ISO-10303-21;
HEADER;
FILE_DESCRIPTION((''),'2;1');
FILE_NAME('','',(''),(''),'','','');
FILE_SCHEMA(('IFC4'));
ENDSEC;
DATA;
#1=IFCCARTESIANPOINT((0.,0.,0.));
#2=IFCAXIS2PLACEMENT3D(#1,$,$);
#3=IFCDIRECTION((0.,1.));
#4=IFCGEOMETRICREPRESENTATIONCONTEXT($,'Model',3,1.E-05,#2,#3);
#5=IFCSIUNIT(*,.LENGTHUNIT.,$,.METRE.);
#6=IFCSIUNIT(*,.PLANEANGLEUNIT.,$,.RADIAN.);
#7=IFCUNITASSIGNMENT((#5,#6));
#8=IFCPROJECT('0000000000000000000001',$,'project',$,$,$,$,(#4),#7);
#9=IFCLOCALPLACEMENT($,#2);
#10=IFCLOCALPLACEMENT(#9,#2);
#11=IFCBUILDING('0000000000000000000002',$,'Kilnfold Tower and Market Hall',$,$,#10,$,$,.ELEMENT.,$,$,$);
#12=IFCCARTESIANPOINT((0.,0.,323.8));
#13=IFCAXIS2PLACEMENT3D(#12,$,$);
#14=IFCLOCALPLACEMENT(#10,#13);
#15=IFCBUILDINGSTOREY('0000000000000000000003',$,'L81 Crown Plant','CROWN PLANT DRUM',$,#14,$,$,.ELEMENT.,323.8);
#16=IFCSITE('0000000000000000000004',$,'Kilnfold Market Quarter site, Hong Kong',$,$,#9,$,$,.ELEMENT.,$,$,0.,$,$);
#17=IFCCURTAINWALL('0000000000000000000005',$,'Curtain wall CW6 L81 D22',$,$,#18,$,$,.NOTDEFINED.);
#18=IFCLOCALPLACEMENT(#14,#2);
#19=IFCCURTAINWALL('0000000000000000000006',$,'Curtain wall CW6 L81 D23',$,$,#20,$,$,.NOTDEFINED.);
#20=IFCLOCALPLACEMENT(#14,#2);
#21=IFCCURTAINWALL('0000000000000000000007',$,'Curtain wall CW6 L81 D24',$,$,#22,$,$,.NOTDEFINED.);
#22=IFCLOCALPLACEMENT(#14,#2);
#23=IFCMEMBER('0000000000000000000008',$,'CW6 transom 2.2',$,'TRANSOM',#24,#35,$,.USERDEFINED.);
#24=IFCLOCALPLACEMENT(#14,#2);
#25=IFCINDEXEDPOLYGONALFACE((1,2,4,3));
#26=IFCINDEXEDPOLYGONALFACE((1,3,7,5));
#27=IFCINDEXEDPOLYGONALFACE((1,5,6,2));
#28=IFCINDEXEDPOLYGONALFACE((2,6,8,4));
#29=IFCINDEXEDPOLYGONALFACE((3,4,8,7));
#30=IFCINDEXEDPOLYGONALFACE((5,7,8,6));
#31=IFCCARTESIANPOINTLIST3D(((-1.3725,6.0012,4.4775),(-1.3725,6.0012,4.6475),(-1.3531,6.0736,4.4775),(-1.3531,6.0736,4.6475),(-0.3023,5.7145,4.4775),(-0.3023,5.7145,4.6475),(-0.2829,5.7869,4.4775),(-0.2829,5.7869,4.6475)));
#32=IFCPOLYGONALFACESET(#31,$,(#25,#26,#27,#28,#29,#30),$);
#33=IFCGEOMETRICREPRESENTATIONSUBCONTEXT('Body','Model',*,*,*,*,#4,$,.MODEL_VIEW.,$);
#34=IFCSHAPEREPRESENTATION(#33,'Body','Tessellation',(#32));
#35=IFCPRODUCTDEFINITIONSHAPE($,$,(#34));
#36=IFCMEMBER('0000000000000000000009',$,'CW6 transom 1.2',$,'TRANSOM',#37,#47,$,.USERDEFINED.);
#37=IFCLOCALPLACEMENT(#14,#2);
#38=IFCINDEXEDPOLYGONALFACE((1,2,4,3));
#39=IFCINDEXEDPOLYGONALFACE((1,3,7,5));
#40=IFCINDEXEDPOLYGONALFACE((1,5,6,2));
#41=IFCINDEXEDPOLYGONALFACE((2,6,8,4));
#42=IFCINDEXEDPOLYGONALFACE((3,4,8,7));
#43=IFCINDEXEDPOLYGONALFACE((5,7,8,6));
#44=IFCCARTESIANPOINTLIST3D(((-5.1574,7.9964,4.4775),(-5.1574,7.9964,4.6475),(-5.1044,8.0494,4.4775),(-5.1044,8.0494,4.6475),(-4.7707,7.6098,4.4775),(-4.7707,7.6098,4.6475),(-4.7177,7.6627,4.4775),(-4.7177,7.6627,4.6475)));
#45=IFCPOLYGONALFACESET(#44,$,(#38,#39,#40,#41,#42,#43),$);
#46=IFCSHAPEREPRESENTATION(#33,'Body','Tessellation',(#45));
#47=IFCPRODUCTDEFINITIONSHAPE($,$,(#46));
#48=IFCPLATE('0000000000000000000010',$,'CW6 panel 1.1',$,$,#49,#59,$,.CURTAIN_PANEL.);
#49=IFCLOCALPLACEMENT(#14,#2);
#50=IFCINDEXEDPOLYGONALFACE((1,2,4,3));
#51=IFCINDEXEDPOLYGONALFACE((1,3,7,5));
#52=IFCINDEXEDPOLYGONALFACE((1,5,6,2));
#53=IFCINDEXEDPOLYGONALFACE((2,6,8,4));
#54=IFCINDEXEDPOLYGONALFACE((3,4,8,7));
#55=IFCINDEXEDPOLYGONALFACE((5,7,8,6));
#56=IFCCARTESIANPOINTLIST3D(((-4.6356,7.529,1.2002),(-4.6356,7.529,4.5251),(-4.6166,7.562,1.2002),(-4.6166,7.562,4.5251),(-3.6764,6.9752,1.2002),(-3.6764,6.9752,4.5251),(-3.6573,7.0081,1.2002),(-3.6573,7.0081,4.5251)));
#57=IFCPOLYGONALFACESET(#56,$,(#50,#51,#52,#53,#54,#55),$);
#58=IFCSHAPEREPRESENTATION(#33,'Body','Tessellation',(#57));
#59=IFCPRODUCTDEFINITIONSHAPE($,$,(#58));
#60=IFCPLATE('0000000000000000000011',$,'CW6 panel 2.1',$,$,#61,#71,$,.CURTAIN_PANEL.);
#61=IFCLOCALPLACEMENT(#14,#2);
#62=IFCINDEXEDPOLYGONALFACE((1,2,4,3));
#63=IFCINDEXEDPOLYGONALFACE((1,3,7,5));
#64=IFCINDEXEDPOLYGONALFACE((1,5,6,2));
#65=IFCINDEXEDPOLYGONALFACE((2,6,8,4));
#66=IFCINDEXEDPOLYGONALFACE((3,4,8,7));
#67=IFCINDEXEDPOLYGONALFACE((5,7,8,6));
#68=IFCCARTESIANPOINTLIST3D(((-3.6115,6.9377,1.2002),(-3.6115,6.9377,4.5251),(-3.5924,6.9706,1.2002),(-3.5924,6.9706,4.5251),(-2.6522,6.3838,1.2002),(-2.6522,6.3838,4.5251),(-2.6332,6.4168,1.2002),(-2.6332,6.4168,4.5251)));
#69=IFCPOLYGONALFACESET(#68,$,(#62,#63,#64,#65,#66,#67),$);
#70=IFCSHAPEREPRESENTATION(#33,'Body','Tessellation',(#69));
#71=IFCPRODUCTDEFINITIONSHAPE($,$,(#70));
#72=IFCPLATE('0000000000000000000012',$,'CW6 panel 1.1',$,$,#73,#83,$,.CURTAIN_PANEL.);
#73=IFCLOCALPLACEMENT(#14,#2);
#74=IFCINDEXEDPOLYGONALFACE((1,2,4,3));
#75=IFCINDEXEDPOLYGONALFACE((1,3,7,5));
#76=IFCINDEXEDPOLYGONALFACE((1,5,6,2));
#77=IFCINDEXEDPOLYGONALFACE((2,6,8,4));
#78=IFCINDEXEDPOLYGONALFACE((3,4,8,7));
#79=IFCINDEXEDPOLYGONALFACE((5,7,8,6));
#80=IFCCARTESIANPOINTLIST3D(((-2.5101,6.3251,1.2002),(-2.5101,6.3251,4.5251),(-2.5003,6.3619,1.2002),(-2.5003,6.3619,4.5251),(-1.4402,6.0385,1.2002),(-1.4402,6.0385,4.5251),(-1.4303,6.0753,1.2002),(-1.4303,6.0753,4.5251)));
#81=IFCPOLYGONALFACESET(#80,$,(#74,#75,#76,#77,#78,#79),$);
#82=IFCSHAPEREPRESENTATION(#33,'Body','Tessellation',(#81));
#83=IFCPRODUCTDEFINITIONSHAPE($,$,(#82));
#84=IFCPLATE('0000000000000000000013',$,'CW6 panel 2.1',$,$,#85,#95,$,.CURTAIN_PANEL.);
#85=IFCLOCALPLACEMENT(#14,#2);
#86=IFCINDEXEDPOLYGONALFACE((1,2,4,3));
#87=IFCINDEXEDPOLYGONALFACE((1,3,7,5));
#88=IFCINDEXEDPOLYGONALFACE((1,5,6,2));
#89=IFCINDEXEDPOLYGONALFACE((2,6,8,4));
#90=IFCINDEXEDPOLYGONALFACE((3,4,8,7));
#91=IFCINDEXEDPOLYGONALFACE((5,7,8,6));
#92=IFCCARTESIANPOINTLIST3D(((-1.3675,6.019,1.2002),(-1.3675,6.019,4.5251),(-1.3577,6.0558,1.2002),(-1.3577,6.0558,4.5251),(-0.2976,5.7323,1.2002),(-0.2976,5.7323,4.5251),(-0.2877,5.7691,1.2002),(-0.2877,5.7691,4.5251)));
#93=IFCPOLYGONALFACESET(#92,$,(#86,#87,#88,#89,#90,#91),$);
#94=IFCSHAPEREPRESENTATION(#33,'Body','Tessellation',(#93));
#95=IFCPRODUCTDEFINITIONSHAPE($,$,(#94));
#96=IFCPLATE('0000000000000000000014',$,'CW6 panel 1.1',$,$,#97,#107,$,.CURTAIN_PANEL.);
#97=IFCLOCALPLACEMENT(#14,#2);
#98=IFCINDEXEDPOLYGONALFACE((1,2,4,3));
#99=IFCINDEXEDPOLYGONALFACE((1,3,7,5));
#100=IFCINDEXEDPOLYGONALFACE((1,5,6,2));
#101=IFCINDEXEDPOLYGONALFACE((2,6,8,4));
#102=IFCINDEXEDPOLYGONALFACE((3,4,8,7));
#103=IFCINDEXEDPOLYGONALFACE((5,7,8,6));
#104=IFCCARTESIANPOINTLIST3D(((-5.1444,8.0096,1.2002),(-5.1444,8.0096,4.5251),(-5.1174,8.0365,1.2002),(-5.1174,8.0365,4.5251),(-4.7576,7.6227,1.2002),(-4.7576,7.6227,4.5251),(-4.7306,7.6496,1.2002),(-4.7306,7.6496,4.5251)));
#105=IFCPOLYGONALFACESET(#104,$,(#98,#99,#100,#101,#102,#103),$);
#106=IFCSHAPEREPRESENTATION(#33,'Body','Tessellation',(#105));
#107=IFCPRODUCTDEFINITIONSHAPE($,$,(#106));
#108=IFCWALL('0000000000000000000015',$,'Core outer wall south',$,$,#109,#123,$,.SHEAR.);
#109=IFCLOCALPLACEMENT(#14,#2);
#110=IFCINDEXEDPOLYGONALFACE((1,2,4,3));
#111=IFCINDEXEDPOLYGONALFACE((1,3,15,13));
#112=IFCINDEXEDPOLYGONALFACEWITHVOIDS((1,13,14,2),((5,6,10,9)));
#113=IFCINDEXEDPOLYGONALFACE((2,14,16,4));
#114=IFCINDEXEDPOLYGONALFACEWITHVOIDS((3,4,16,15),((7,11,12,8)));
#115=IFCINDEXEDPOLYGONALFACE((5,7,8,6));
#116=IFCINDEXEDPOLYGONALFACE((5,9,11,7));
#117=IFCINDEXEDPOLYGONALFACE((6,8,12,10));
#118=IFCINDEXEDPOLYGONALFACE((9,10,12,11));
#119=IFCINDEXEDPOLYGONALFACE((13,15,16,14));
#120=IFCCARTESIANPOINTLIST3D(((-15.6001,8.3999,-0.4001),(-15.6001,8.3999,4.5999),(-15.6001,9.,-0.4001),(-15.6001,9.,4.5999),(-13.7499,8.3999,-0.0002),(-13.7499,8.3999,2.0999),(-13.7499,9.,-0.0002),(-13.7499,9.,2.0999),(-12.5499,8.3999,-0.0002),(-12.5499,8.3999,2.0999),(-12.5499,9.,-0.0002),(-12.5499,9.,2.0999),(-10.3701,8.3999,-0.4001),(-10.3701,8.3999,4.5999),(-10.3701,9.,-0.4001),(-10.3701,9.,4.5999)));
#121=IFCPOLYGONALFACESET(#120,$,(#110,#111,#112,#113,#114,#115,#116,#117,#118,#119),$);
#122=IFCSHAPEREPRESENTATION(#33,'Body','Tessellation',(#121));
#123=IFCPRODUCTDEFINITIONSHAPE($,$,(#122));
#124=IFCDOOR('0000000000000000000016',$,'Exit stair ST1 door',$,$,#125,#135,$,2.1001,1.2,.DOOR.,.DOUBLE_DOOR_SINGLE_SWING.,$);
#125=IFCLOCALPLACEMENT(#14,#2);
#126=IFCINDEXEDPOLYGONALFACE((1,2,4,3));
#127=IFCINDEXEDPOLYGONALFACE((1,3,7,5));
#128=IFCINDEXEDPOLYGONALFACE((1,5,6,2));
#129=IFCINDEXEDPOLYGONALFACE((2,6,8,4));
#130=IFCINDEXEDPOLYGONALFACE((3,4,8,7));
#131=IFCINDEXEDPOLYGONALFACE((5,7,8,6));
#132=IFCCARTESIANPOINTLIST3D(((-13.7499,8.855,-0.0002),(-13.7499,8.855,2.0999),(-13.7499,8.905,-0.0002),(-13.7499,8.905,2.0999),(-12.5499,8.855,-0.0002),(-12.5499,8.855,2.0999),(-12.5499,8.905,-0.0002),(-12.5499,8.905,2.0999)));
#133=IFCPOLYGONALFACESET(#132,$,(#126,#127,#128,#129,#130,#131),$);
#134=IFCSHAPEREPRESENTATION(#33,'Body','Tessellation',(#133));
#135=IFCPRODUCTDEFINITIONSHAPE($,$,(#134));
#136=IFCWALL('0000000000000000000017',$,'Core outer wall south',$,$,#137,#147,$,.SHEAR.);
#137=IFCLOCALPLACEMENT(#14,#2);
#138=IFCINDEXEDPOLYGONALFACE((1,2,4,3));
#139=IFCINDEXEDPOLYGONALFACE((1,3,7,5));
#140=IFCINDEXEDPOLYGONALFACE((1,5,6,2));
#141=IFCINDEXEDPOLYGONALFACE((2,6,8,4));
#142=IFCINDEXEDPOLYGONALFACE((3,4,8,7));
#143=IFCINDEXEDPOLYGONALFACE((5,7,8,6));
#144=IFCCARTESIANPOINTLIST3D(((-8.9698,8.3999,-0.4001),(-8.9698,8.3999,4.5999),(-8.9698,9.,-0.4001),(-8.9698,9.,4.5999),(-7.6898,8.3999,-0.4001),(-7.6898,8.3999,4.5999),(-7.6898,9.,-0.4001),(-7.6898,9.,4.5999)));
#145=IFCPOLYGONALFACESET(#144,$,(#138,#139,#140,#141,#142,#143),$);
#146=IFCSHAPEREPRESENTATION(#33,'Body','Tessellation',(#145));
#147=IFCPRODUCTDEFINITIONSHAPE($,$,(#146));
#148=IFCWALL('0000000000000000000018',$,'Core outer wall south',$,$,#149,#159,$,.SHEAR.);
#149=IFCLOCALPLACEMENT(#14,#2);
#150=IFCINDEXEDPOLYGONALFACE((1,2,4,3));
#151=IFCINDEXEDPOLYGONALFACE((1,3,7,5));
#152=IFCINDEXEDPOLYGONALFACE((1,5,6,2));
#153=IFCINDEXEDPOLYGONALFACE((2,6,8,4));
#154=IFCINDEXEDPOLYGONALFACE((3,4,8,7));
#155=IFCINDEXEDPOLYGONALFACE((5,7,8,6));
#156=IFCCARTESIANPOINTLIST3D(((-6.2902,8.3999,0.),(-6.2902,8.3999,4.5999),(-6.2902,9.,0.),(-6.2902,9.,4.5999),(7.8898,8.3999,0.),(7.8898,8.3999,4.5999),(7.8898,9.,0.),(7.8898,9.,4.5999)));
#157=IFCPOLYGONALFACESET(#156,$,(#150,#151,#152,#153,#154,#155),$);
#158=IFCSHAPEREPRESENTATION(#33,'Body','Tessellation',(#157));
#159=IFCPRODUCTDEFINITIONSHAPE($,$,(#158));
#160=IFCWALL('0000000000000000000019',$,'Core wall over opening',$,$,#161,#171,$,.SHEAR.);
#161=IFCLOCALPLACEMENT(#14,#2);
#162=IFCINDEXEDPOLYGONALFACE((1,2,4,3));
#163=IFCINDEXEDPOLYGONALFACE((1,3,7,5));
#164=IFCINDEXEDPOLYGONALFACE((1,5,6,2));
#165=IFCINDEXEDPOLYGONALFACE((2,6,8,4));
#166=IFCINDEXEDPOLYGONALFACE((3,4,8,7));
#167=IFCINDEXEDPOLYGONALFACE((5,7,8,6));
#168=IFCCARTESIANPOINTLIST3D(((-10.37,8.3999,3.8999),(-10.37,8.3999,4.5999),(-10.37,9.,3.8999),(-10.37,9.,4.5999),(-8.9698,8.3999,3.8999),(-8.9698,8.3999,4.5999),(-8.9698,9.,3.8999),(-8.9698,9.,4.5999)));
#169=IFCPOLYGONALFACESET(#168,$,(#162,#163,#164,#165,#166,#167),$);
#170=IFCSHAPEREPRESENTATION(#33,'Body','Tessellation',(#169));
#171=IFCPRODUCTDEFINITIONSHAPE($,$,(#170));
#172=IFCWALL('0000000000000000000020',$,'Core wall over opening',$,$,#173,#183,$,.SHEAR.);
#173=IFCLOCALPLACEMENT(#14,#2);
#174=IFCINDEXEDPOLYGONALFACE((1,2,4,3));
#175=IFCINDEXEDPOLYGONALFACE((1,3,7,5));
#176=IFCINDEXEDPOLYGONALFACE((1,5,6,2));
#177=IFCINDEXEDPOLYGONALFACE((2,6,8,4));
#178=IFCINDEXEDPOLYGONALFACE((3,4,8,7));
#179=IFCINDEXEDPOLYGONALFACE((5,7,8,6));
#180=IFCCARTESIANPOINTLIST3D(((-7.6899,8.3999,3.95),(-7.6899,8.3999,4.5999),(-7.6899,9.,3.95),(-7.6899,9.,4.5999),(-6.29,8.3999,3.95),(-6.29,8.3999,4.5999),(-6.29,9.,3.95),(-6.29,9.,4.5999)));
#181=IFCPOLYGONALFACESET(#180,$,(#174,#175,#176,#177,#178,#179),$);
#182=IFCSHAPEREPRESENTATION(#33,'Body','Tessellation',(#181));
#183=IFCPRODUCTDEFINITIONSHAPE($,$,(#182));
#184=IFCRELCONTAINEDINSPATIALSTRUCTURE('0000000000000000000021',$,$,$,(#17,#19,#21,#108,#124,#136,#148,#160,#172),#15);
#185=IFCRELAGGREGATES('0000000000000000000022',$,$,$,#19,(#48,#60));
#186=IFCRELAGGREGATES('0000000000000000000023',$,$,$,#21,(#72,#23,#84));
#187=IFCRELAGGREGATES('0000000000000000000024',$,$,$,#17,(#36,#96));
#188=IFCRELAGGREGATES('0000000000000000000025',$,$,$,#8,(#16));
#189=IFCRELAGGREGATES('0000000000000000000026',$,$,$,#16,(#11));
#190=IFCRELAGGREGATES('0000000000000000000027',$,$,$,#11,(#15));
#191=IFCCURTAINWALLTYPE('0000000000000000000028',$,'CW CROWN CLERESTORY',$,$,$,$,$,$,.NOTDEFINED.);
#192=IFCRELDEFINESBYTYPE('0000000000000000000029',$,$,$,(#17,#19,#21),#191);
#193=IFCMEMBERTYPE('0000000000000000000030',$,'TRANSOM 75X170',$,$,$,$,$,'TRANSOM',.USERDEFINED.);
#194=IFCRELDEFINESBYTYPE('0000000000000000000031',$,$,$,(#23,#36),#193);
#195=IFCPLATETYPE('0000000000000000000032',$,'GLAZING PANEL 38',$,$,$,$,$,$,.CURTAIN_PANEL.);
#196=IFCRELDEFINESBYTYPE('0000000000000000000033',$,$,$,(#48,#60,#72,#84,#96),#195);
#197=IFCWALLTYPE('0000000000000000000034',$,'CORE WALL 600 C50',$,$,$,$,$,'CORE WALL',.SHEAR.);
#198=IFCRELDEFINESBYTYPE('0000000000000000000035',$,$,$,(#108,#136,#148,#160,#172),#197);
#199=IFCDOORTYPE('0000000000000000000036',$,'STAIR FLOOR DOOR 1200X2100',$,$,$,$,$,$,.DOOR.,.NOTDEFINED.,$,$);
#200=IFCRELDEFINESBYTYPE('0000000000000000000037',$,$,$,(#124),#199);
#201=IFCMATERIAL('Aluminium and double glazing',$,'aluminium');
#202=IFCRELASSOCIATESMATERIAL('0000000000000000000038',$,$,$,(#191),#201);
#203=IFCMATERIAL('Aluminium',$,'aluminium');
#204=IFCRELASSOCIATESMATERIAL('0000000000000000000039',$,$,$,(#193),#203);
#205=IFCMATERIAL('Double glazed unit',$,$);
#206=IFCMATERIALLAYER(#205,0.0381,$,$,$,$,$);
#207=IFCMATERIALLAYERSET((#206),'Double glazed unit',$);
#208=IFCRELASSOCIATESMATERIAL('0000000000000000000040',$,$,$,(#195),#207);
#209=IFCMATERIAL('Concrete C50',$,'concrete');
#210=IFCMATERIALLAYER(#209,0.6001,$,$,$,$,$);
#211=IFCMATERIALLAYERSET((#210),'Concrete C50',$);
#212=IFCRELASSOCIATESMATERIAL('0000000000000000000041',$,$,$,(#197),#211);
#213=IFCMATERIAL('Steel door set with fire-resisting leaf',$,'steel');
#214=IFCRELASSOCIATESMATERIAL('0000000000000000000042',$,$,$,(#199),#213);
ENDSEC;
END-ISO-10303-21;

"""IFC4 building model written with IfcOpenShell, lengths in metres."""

from ifc_helpers import new_model, si_unit, direction, frame, frame_2d, origin, origin_2d, place, context, subcontext, project, spatial, rectangle, extrude, source, transform, mapped, material, layer, layer_set, material_profile, profile_set, type_object, element, fill, aggregate, save


model = new_model("IFC4")

# Units and contexts
model_context = context("Model", 3, precision=1e-05, world=origin(), true_north=direction((0.0, 1.0)))
body_context = subcontext(model_context, "Body", "Model", "MODEL_VIEW")
ifc_project = project(units=[si_unit("LENGTHUNIT", "METRE"), si_unit("PLANEANGLEUNIT", "RADIAN")], contexts=[model_context])

# Site, building, storey
site_placement = place(None, origin())
site = spatial("IfcSite", under=ifc_project, at=site_placement, Name="Kilnfold Market Quarter site, Hong Kong", CompositionType="ELEMENT", RefElevation=0.0)
building_placement = place(site_placement, origin())
building = spatial("IfcBuilding", under=site, at=building_placement, Name="Kilnfold Tower and Market Hall", CompositionType="ELEMENT")
storey_placement = place(building_placement, frame((0.0, 0.0, 323.8)))
storey = spatial("IfcBuildingStorey", under=building, at=storey_placement, Name="L81 Crown Plant", Description="CROWN PLANT DRUM", CompositionType="ELEMENT", Elevation=323.8)

# Curtain walls
ifc_material_1 = material(Name="Aluminium and double glazing", Category="aluminium")
curtain_wall_type = type_object("IfcCurtainWallType", Name="CW CROWN CLERESTORY", PredefinedType="NOTDEFINED", material=ifc_material_1)
curtain_wall_1_placement = place(storey_placement, origin())
curtain_wall_1 = element("IfcCurtainWall", 1, at=curtain_wall_1_placement, inside=storey, type_object=curtain_wall_type, Name="Curtain wall CW6 L81 D22", PredefinedType="NOTDEFINED")
curtain_wall_2_placement = place(storey_placement, origin())
curtain_wall_2 = element("IfcCurtainWall", 2, at=curtain_wall_2_placement, inside=storey, type_object=curtain_wall_type, Name="Curtain wall CW6 L81 D23", PredefinedType="NOTDEFINED")
curtain_wall_3_placement = place(storey_placement, origin())
curtain_wall_3 = element("IfcCurtainWall", 3, at=curtain_wall_3_placement, inside=storey, type_object=curtain_wall_type, Name="Curtain wall CW6 L81 D24", PredefinedType="NOTDEFINED")

# Members
ifc_material_2 = material(Name="Aluminium", Category="aluminium")
ifc_material_profile_1 = material_profile(ifc_material_2, rectangle(XDim=0.075, YDim=0.1699, at=origin_2d()), Name="TRANSOM 75x170")
ifc_profile_set_1 = profile_set([ifc_material_profile_1], Name="Aluminium")
member_type_1 = type_object("IfcMemberType", Name="TRANSOM 75X170", ElementType="TRANSOM", PredefinedType="USERDEFINED", material=ifc_profile_set_1)
shared_shape_1 = source(origin(), body_context, "Body", "SweptSolid", [
    extrude(rectangle(XDim=0.075, YDim=0.1699, at=origin_2d()), origin(), (0.0, 0.0, 1.0), 1.1079),
])
member_1_placement = place(storey_placement, frame((-1.3628, 6.0374, 4.5625), z_axis=(0.965949, -0.258732, 0.0), x_axis=(0.258732, 0.965949, 0.0)))
member_1 = element("IfcMember", 4, at=member_1_placement, type_object=member_type_1, Name="CW6 transom 2.2", ObjectType="TRANSOM", PredefinedType="USERDEFINED", context=body_context, shape_type="MappedRepresentation", body=[
    mapped(shared_shape_1, transform((0.0, 0.0, 0.0))),
])
shared_shape_2 = source(origin(), body_context, "Body", "SweptSolid", [
    extrude(rectangle(XDim=0.075, YDim=0.1699, at=origin_2d()), origin(), (0.0, 0.0, 1.0), 0.5469),
])
member_2_placement = place(storey_placement, frame((-5.1309, 8.0229, 4.5625), z_axis=(0.707107, -0.707107, 0.0), x_axis=(0.707107, 0.707107, 0.0)))
member_2 = element("IfcMember", 5, at=member_2_placement, type_object=member_type_1, Name="CW6 transom 1.2", ObjectType="TRANSOM", PredefinedType="USERDEFINED", context=body_context, shape_type="MappedRepresentation", body=[
    mapped(shared_shape_2, transform((0.0, 0.0, 0.0))),
])

# Plates
ifc_material_3 = material(Name="Double glazed unit")
ifc_layer_1 = layer(ifc_material_3, 0.0381)
ifc_layer_set_1 = layer_set([ifc_layer_1], Name="Double glazed unit")
plate_type = type_object("IfcPlateType", Name="GLAZING PANEL 38", PredefinedType="CURTAIN_PANEL", material=ifc_layer_set_1)
shared_shape_3 = source(origin(), body_context, "Body", "SweptSolid", [
    extrude(rectangle(XDim=1.1077, YDim=0.0381, at=origin_2d()), origin(), (0.0, 0.0, 1.0), 3.325),
])
plate_1_placement = place(storey_placement, frame((-4.1465, 7.2686, 1.2002), z_axis=(0.0, 0.0, 1.0), x_axis=(0.866031, -0.499991, 0.0)))
plate_1 = element("IfcPlate", 6, at=plate_1_placement, type_object=plate_type, Name="CW6 panel 1.1", PredefinedType="CURTAIN_PANEL", context=body_context, shape_type="MappedRepresentation", body=[
    mapped(shared_shape_3, transform((0.0, 0.0, 0.0))),
])
plate_2_placement = place(storey_placement, frame((-3.1223, 6.6772, 1.2002), z_axis=(0.0, 0.0, 1.0), x_axis=(0.866031, -0.499991, 0.0)))
plate_2 = element("IfcPlate", 7, at=plate_2_placement, type_object=plate_type, Name="CW6 panel 2.1", PredefinedType="CURTAIN_PANEL", context=body_context, shape_type="MappedRepresentation", body=[
    mapped(shared_shape_3, transform((0.0, 0.0, 0.0))),
])
aggregate(curtain_wall_2, [plate_1, plate_2])
plate_3_placement = place(storey_placement, frame((-1.9702, 6.2002, 1.2002), z_axis=(0.0, 0.0, 1.0), x_axis=(0.96593, -0.258805, 0.0)))
plate_3 = element("IfcPlate", 8, at=plate_3_placement, type_object=plate_type, Name="CW6 panel 1.1", PredefinedType="CURTAIN_PANEL", context=body_context, shape_type="MappedRepresentation", body=[
    mapped(shared_shape_3, transform((0.0, 0.0, 0.0))),
])
plate_4_placement = place(storey_placement, frame((-0.8276, 5.894, 1.2002), z_axis=(0.0, 0.0, 1.0), x_axis=(0.96593, -0.258805, 0.0)))
plate_4 = element("IfcPlate", 9, at=plate_4_placement, type_object=plate_type, Name="CW6 panel 2.1", PredefinedType="CURTAIN_PANEL", context=body_context, shape_type="MappedRepresentation", body=[
    mapped(shared_shape_3, transform((0.0, 0.0, 0.0))),
])
aggregate(curtain_wall_3, [plate_3, member_1, plate_4])
shared_shape_4 = source(origin(), body_context, "Body", "SweptSolid", [
    extrude(rectangle(XDim=0.5471, YDim=0.0381, at=origin_2d()), origin(), (0.0, 0.0, 1.0), 3.325),
])
plate_5_placement = place(storey_placement, frame((-4.9375, 7.8296, 1.2002), z_axis=(0.0, 0.0, 1.0), x_axis=(0.707035, -0.707178, 0.0)))
plate_5 = element("IfcPlate", 10, at=plate_5_placement, type_object=plate_type, Name="CW6 panel 1.1", PredefinedType="CURTAIN_PANEL", context=body_context, shape_type="MappedRepresentation", body=[
    mapped(shared_shape_4, transform((0.0, 0.0, 0.0))),
])
aggregate(curtain_wall_1, [member_2, plate_5])

# Wall, opening, door
ifc_material_4 = material(Name="Concrete C50", Category="concrete")
ifc_layer_2 = layer(ifc_material_4, 0.6001)
ifc_layer_set_2 = layer_set([ifc_layer_2], Name="Concrete C50")
wall_type_1 = type_object("IfcWallType", Name="CORE WALL 600 C50", ElementType="CORE WALL", PredefinedType="SHEAR", material=ifc_layer_set_2)
shared_shape_5 = source(origin(), body_context, "Body", "SweptSolid", [
    extrude(rectangle(XDim=5.23, YDim=0.6001, at=frame_2d((2.615, 0.0))), origin(), (0.0, 0.0, 1.0), 5.0),
])
wall_1_placement = place(storey_placement, frame((-15.6001, 8.7, -0.4001), z_axis=(0.0, 0.0, 1.0), x_axis=(1.0, 0.0, 0.0)))
wall_1 = element("IfcWall", 11, at=wall_1_placement, inside=storey, type_object=wall_type_1, Name="Core outer wall south", PredefinedType="SHEAR", context=body_context, shape_type="MappedRepresentation", body=[
    mapped(shared_shape_5, transform((0.0, 0.0, 0.0))),
])
opening_placement = place(wall_1_placement, frame((1.8501, 0.0, 0.3999)))
opening = element("IfcOpeningElement", 12, at=opening_placement, cuts=wall_1, PredefinedType="OPENING", context=body_context, shape_type="SweptSolid", body=[
    extrude(rectangle(XDim=1.2, YDim=2.1001, at=frame_2d((0.6001, 1.05))), frame((0.0, 0.3101, 0.0), z_axis=(0.0, -1.0, 0.0), x_axis=(1.0, 0.0, 0.0)), (0.0, 0.0, 1.0), 0.6201),
])
ifc_material_5 = material(Name="Steel door set with fire-resisting leaf", Category="steel")
door_type = type_object("IfcDoorType", Name="STAIR FLOOR DOOR 1200X2100", OperationType="NOTDEFINED", PredefinedType="DOOR", material=ifc_material_5)
door_placement = place(opening_placement, origin())
door = element("IfcDoor", 13, at=door_placement, inside=storey, type_object=door_type, Name="Exit stair ST1 door", OperationType="DOUBLE_DOOR_SINGLE_SWING", OverallHeight=2.1001, OverallWidth=1.2, PredefinedType="DOOR", context=body_context, shape_type="SweptSolid", body=[
    extrude(rectangle(XDim=1.2, YDim=2.1001, at=frame_2d((0.6001, 1.05))), frame((0.0, 0.2051, 0.0), z_axis=(0.0, -1.0, 0.0), x_axis=(1.0, 0.0, 0.0)), (0.0, 0.0, 1.0), 0.05),
])
fill(opening, door)

# Walls
shared_shape_6 = source(origin(), body_context, "Body", "SweptSolid", [
    extrude(rectangle(XDim=1.28, YDim=0.6001, at=frame_2d((0.6401, 0.0))), origin(), (0.0, 0.0, 1.0), 5.0),
])
wall_2_placement = place(storey_placement, frame((-8.97, 8.7, -0.4001), z_axis=(0.0, 0.0, 1.0), x_axis=(1.0, 0.0, 0.0)))
element("IfcWall", 14, at=wall_2_placement, inside=storey, type_object=wall_type_1, Name="Core outer wall south", PredefinedType="SHEAR", context=body_context, shape_type="MappedRepresentation", body=[
    mapped(shared_shape_6, transform((0.0, 0.0, 0.0))),
])
shared_shape_7 = source(origin(), body_context, "Body", "SweptSolid", [
    extrude(rectangle(XDim=14.1799, YDim=0.6001, at=frame_2d((7.0898, 0.0))), origin(), (0.0, 0.0, 1.0), 4.5999),
])
wall_3_placement = place(storey_placement, frame((-6.29, 8.7, 0.0), z_axis=(0.0, 0.0, 1.0), x_axis=(1.0, 0.0, 0.0)))
element("IfcWall", 15, at=wall_3_placement, inside=storey, type_object=wall_type_1, Name="Core outer wall south", PredefinedType="SHEAR", context=body_context, shape_type="MappedRepresentation", body=[
    mapped(shared_shape_7, transform((0.0, 0.0, 0.0))),
])
shared_shape_8 = source(origin(), body_context, "Body", "SweptSolid", [
    extrude(rectangle(XDim=1.4001, YDim=0.6001, at=frame_2d((0.7002, 0.0))), origin(), (0.0, 0.0, 1.0), 0.7),
])
wall_4_placement = place(storey_placement, frame((-10.3701, 8.7, 3.8999), z_axis=(0.0, 0.0, 1.0), x_axis=(1.0, 0.0, 0.0)))
element("IfcWall", 16, at=wall_4_placement, inside=storey, type_object=wall_type_1, Name="Core wall over opening", PredefinedType="SHEAR", context=body_context, shape_type="MappedRepresentation", body=[
    mapped(shared_shape_8, transform((0.0, 0.0, 0.0))),
])
shared_shape_9 = source(origin(), body_context, "Body", "SweptSolid", [
    extrude(rectangle(XDim=1.3999, YDim=0.6001, at=frame_2d((0.7, 0.0))), origin(), (0.0, 0.0, 1.0), 0.6499),
])
wall_5_placement = place(storey_placement, frame((-7.6899, 8.7, 3.95), z_axis=(0.0, 0.0, 1.0), x_axis=(1.0, 0.0, 0.0)))
element("IfcWall", 17, at=wall_5_placement, inside=storey, type_object=wall_type_1, Name="Core wall over opening", PredefinedType="SHEAR", context=body_context, shape_type="MappedRepresentation", body=[
    mapped(shared_shape_9, transform((0.0, 0.0, 0.0))),
])

save(model, "model.ifc")
